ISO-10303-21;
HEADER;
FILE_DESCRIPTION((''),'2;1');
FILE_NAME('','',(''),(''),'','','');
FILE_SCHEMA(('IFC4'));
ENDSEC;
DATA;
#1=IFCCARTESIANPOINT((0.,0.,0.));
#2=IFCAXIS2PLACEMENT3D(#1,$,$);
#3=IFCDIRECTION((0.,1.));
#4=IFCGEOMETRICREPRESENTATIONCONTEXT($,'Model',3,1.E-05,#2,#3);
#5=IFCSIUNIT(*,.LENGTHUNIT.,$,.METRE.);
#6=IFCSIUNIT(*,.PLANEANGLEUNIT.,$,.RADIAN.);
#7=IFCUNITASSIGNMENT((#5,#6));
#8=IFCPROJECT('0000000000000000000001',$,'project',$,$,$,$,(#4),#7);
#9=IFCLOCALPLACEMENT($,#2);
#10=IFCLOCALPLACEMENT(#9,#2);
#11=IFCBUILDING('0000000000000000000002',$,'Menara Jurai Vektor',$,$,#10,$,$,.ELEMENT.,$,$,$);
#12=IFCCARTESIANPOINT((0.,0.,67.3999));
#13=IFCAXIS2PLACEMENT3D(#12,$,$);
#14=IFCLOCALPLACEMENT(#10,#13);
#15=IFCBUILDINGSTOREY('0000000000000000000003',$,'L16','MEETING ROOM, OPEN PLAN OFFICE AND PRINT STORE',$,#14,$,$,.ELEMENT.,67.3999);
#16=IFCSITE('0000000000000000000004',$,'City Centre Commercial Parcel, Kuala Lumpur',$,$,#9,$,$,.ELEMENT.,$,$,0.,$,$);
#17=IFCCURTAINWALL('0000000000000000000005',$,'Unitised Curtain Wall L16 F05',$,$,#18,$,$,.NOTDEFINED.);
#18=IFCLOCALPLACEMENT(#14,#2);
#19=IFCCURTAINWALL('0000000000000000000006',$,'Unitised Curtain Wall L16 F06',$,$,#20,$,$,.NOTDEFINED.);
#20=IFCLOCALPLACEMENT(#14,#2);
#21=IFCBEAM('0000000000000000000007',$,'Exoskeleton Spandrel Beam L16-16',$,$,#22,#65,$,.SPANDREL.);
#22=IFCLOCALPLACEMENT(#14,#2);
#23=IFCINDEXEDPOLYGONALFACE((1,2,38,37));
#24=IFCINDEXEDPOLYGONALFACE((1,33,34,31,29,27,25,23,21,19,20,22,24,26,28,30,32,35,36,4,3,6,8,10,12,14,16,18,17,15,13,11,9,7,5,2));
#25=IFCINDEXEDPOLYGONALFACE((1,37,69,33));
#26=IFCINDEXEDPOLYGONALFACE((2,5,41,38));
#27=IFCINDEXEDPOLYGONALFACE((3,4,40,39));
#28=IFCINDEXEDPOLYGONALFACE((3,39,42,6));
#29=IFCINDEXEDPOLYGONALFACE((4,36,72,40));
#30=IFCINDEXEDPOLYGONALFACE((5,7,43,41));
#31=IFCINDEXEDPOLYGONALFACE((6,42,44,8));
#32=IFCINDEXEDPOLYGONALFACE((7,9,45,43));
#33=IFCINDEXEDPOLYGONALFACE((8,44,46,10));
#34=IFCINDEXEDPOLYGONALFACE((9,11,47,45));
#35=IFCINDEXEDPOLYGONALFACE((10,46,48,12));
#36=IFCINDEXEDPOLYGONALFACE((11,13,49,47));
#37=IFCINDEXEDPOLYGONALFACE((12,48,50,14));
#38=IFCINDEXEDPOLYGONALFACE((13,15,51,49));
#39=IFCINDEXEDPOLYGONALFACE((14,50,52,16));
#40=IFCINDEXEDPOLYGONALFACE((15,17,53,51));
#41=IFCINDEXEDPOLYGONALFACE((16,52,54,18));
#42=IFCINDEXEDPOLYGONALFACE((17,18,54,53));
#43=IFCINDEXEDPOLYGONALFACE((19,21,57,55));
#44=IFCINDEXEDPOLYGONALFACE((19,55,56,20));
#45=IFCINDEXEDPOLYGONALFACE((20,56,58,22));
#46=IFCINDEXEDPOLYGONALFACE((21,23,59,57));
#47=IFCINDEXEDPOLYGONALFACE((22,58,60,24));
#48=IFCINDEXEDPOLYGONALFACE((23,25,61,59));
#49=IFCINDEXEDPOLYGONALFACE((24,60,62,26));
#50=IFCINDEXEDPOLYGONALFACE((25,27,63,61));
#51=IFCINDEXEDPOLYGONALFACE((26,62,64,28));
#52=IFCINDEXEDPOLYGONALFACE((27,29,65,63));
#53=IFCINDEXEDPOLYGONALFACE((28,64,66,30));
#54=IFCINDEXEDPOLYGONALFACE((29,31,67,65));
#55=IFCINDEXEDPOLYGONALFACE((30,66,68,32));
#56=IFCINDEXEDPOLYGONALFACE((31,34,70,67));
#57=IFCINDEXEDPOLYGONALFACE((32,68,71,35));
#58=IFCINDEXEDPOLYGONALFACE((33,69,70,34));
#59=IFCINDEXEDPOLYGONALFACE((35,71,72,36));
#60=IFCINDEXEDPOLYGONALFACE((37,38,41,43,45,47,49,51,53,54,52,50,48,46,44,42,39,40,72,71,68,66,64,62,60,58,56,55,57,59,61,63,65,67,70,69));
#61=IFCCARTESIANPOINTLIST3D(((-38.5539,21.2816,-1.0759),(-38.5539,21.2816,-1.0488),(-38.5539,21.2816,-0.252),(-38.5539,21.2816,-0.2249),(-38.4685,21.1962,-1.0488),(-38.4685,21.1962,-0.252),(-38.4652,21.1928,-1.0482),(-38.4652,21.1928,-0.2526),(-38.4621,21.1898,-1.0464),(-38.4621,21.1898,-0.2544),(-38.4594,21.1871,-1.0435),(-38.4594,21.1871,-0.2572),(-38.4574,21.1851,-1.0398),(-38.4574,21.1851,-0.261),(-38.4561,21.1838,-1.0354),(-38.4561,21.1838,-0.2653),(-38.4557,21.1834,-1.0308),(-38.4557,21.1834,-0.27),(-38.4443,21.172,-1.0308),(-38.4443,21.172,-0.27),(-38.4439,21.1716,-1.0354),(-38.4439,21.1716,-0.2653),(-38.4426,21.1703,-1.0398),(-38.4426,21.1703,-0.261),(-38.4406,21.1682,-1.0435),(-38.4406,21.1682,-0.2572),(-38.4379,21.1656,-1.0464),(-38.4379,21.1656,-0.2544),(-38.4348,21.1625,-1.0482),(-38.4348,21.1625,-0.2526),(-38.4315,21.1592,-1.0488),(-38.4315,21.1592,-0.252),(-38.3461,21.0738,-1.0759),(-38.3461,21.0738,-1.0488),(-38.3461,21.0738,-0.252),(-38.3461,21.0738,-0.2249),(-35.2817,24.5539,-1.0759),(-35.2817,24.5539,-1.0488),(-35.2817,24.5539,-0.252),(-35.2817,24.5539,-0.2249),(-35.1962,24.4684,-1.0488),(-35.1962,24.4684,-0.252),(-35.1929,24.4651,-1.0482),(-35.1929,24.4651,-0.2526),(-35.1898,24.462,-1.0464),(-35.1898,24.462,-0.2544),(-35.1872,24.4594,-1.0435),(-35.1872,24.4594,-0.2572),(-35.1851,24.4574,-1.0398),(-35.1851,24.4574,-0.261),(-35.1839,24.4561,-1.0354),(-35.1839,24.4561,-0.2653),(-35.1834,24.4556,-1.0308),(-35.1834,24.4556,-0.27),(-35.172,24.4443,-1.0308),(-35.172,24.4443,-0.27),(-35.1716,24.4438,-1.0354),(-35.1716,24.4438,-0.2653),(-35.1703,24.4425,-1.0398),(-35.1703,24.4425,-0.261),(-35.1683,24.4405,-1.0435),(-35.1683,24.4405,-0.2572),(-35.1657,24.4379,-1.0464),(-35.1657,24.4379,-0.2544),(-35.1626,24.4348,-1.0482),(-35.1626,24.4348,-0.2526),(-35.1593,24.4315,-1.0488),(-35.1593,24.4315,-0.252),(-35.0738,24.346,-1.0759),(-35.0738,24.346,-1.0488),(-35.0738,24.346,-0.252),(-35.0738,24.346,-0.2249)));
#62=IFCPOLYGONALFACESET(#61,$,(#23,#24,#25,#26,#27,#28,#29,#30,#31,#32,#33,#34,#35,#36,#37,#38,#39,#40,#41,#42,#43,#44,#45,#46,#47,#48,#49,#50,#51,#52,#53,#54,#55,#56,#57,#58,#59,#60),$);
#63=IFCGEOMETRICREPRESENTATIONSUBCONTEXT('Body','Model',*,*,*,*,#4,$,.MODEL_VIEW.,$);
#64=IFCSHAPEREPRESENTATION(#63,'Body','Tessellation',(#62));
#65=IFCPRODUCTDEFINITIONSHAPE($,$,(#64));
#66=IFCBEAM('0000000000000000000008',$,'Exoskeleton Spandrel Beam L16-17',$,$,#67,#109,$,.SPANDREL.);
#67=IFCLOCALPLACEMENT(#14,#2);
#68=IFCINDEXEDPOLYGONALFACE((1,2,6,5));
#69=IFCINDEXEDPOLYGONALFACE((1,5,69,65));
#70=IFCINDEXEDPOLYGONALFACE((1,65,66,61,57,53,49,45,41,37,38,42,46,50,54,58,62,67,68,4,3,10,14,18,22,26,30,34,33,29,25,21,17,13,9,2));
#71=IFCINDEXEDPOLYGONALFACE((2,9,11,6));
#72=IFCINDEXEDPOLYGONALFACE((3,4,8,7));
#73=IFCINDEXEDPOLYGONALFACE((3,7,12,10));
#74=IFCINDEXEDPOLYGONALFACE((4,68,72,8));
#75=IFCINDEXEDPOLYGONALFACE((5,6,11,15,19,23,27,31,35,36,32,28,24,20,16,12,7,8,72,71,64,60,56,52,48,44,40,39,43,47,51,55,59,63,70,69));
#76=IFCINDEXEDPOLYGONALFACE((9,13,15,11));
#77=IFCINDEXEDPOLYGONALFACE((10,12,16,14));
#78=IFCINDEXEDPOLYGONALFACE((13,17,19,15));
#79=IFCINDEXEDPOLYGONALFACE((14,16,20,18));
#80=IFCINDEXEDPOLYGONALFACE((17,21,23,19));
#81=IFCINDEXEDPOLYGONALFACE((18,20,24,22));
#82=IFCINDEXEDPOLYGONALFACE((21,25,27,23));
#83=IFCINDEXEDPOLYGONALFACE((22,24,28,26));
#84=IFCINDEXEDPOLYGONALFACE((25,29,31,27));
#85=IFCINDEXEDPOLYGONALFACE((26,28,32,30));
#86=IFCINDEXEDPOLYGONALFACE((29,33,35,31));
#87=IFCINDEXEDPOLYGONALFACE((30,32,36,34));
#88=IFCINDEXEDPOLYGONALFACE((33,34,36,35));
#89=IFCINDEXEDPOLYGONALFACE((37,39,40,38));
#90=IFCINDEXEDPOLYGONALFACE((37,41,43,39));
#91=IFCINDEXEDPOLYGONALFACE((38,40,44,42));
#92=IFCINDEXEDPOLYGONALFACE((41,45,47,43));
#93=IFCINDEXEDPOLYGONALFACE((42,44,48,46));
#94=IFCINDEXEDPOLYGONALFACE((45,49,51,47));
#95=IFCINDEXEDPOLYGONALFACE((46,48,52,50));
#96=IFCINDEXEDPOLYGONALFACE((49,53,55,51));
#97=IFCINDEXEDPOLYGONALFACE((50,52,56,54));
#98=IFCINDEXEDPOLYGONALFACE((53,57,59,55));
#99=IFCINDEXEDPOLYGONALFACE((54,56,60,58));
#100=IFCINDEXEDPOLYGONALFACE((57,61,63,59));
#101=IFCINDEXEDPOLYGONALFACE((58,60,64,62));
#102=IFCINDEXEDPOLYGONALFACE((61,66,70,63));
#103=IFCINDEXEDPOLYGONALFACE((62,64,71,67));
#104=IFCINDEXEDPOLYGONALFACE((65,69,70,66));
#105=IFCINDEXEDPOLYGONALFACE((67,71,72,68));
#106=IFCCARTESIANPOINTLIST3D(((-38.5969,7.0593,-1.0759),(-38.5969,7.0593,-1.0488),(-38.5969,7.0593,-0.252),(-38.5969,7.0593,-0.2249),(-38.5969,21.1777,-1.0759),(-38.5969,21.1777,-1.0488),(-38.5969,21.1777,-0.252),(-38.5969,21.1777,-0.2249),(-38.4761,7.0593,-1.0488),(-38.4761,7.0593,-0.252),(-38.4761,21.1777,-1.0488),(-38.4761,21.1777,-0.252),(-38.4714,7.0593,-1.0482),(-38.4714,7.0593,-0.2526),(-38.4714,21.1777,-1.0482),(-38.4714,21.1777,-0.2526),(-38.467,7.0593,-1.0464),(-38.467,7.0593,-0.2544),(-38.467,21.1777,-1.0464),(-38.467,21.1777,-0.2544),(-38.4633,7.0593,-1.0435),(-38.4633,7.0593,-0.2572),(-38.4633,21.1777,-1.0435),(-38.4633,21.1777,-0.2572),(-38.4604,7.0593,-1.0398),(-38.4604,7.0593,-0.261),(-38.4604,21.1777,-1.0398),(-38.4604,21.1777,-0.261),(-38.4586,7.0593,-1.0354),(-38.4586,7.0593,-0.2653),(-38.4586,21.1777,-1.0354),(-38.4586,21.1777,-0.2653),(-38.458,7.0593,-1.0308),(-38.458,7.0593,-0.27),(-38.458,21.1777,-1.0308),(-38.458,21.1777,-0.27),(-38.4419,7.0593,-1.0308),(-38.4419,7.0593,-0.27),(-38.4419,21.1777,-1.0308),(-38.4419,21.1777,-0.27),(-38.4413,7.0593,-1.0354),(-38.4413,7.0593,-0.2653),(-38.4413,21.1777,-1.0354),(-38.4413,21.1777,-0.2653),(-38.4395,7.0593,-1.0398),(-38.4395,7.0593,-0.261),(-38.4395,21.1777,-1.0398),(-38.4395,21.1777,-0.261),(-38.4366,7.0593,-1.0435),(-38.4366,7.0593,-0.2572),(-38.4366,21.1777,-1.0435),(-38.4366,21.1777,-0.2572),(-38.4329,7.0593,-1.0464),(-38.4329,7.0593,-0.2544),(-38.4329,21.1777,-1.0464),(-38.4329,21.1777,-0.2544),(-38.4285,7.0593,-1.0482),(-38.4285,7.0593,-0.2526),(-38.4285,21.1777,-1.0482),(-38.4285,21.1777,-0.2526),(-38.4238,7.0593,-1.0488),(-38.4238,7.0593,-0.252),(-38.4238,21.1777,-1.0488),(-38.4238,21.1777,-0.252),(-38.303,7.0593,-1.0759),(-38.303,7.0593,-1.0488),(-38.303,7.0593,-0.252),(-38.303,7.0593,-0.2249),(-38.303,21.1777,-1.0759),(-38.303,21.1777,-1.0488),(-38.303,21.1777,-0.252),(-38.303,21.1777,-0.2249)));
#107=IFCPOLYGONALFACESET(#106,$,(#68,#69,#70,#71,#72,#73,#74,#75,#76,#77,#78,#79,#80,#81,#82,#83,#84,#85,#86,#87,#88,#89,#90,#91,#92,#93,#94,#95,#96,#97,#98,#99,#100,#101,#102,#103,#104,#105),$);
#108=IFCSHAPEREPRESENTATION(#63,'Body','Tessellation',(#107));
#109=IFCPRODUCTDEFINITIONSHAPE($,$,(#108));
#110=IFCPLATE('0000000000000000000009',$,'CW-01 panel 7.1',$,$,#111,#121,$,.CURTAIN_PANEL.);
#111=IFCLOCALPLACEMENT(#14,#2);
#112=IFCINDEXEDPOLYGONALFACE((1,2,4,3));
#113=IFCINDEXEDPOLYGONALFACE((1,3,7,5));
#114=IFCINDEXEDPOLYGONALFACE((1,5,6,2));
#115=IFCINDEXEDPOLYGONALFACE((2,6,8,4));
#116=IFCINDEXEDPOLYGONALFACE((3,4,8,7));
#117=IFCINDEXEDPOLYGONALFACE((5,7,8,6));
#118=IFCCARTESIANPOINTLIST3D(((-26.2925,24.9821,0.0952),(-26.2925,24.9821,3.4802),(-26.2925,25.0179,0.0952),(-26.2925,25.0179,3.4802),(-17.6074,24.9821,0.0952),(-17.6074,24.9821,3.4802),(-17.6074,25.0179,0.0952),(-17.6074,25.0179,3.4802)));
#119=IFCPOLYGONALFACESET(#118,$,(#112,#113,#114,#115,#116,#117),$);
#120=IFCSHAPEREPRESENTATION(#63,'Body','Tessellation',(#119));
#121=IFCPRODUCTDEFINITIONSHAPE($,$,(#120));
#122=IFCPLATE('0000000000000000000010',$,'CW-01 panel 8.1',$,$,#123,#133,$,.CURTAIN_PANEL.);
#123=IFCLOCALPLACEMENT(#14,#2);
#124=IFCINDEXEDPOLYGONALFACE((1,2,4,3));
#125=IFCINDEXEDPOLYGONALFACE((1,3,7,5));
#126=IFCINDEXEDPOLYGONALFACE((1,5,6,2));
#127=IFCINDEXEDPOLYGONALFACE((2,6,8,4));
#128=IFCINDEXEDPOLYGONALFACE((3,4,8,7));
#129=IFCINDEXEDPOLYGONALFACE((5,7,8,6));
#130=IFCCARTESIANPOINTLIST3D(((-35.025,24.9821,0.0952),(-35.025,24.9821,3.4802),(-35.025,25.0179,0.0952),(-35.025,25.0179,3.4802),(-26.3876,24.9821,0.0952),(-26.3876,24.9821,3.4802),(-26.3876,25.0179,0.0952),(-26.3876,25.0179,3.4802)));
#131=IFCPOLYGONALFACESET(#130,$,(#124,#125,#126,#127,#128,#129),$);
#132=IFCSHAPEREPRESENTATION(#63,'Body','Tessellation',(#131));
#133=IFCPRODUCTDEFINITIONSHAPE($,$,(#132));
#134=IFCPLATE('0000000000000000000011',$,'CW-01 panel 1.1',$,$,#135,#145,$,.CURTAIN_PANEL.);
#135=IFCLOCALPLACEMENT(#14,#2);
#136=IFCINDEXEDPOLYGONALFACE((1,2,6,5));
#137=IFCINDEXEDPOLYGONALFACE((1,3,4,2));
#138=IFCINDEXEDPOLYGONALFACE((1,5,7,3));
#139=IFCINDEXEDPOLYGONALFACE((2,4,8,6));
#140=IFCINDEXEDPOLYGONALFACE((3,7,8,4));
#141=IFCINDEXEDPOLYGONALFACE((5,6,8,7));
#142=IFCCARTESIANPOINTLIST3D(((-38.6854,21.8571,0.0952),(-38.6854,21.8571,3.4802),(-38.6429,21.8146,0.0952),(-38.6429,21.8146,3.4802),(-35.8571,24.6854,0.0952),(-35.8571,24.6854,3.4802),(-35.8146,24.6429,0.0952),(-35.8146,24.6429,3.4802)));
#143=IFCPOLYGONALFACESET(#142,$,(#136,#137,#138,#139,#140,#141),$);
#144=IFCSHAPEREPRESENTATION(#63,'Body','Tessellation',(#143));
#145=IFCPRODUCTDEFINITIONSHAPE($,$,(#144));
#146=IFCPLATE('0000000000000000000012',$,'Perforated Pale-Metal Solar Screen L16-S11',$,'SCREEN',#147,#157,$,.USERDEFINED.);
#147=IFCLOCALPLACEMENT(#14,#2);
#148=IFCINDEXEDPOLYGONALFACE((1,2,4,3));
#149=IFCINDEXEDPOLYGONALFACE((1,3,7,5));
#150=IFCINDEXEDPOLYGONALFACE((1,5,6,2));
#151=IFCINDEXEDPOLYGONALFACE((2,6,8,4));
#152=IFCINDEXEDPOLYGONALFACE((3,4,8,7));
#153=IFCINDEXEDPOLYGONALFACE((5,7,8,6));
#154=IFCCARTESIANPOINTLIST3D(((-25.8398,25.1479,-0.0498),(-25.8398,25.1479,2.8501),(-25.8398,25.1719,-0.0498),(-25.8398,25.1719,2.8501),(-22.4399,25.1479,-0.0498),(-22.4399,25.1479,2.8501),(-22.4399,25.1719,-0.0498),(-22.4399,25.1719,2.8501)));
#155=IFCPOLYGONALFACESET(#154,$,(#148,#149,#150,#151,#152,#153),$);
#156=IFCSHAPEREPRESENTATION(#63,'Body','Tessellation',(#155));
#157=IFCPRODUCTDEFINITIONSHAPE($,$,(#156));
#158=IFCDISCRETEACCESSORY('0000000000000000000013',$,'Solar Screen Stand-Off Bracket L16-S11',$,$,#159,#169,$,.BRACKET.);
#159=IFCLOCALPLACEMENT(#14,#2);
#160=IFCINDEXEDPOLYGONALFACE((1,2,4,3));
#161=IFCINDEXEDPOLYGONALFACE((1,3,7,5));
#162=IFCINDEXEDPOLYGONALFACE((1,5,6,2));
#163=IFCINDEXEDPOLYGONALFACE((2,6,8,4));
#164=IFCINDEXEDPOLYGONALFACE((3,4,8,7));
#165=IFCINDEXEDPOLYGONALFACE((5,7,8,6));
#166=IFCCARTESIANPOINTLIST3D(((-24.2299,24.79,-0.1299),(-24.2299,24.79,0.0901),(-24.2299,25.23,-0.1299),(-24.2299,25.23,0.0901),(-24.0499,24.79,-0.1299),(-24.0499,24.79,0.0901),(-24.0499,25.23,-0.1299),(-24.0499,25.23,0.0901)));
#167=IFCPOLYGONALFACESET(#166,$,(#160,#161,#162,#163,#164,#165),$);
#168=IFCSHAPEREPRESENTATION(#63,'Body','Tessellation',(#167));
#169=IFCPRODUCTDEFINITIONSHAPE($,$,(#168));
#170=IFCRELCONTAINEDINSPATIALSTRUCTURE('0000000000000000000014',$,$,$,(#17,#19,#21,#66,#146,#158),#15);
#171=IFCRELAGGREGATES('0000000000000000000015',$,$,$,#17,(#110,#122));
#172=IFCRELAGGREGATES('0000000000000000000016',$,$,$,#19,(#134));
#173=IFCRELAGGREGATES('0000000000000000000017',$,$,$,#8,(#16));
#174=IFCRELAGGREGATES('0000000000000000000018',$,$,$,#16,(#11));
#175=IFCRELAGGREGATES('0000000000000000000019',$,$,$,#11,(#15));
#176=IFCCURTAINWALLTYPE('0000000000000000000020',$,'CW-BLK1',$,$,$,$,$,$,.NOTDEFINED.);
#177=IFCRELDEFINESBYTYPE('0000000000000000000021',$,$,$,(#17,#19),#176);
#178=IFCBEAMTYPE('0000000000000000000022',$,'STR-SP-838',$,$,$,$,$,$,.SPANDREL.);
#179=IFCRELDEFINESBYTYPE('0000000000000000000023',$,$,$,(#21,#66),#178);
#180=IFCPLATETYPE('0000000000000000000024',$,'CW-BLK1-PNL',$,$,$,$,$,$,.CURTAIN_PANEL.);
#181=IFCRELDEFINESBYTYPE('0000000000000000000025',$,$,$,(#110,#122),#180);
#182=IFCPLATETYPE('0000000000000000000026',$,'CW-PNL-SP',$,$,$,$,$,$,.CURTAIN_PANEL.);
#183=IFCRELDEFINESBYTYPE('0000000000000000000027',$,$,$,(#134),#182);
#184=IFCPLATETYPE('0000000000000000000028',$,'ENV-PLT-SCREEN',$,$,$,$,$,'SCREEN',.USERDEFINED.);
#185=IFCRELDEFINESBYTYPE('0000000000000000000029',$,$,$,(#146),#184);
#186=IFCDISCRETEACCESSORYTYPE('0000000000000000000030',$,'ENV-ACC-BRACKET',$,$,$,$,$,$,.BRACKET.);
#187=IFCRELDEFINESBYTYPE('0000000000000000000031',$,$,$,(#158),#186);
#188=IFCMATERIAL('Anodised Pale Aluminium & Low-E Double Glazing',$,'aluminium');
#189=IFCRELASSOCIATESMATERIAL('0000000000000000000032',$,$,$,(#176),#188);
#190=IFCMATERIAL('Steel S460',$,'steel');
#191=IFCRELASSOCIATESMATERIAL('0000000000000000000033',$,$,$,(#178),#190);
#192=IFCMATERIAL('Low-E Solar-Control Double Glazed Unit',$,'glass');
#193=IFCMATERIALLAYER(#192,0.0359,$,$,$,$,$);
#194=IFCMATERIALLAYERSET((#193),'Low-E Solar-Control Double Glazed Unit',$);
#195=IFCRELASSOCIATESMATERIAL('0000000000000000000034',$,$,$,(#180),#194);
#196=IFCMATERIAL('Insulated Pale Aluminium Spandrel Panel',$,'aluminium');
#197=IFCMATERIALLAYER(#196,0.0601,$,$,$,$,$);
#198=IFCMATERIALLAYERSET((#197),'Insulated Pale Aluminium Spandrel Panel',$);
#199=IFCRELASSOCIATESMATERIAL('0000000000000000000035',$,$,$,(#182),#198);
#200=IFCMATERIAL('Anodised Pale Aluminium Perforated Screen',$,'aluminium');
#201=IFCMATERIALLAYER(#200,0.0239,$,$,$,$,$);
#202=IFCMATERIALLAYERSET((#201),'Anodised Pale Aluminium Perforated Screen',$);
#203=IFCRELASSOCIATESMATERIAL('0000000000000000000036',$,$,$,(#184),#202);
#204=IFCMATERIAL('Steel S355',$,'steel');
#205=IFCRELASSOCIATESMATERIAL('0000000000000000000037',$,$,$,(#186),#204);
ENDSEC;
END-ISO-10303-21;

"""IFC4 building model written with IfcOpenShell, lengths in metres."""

from ifc_helpers import new_model, si_unit, direction, frame, origin, origin_2d, place, context, subcontext, project, spatial, rectangle, i_section, extrude, material, layer, layer_set, material_profile, profile_set, type_object, element, aggregate, save


model = new_model("IFC4")

# Units and contexts
model_context = context("Model", 3, precision=1e-05, world=origin(), true_north=direction((0.0, 1.0)))
body_context = subcontext(model_context, "Body", "Model", "MODEL_VIEW")
ifc_project = project(units=[si_unit("LENGTHUNIT", "METRE"), si_unit("PLANEANGLEUNIT", "RADIAN")], contexts=[model_context])

# Site, building, storey
site_placement = place(None, origin())
site = spatial("IfcSite", under=ifc_project, at=site_placement, Name="City Centre Commercial Parcel, Kuala Lumpur", CompositionType="ELEMENT", RefElevation=0.0)
building_placement = place(site_placement, origin())
building = spatial("IfcBuilding", under=site, at=building_placement, Name="Menara Jurai Vektor", CompositionType="ELEMENT")
storey_placement = place(building_placement, frame((0.0, 0.0, 67.3999)))
storey = spatial("IfcBuildingStorey", under=building, at=storey_placement, Name="L16", Description="MEETING ROOM, OPEN PLAN OFFICE AND PRINT STORE", CompositionType="ELEMENT", Elevation=67.3999)

# Shared definitions
ifc_material_1 = material(Name="Steel S460", Category="steel")

# Curtain walls
ifc_material_2 = material(Name="Anodised Pale Aluminium & Low-E Double Glazing", Category="aluminium")
curtain_wall_type = type_object("IfcCurtainWallType", Name="CW-BLK1", PredefinedType="NOTDEFINED", material=ifc_material_2)
curtain_wall_1_placement = place(storey_placement, origin())
curtain_wall_1 = element("IfcCurtainWall", 1, at=curtain_wall_1_placement, inside=storey, type_object=curtain_wall_type, Name="Unitised Curtain Wall L16 F05", PredefinedType="NOTDEFINED")
curtain_wall_2_placement = place(storey_placement, origin())
curtain_wall_2 = element("IfcCurtainWall", 2, at=curtain_wall_2_placement, inside=storey, type_object=curtain_wall_type, Name="Unitised Curtain Wall L16 F06", PredefinedType="NOTDEFINED")

# Shared definitions
ifc_material_3 = material(Name="Steel S355", Category="steel")

# Beams
ifc_material_profile_1 = material_profile(ifc_material_1, i_section(OverallWidth=0.2939, OverallDepth=0.8511, WebThickness=0.0161, FlangeThickness=0.0271, FilletRadius=0.0181, at=origin_2d()), Name="UKB 838x292x226")
ifc_profile_set_1 = profile_set([ifc_material_profile_1], Name="Steel S460")
beam_type_1 = type_object("IfcBeamType", Name="STR-SP-838", PredefinedType="SPANDREL", material=ifc_profile_set_1)
beam_1_placement = place(storey_placement, frame((-35.1777, 24.45, -0.6504), z_axis=(-0.707107, -0.707107, 0.0), x_axis=(0.707107, -0.707107, 0.0)))
element("IfcBeam", 3, at=beam_1_placement, inside=storey, type_object=beam_type_1, Name="Exoskeleton Spandrel Beam L16-16", PredefinedType="SPANDREL", context=body_context, shape_type="SweptSolid", body=[
    extrude(i_section(OverallWidth=0.2939, OverallDepth=0.8511, WebThickness=0.0161, FlangeThickness=0.0271, FilletRadius=0.0181, at=origin_2d()), origin(), (0.0, 0.0, 1.0), 4.6277),
])
beam_2_placement = place(storey_placement, frame((-38.45, 21.1777, -0.6504), z_axis=(0.0, -1.0, 0.0), x_axis=(1.0, 0.0, 0.0)))
element("IfcBeam", 4, at=beam_2_placement, inside=storey, type_object=beam_type_1, Name="Exoskeleton Spandrel Beam L16-17", PredefinedType="SPANDREL", context=body_context, shape_type="SweptSolid", body=[
    extrude(i_section(OverallWidth=0.2939, OverallDepth=0.8511, WebThickness=0.0161, FlangeThickness=0.0271, FilletRadius=0.0181, at=origin_2d()), origin(), (0.0, 0.0, 1.0), 14.1184),
])

# Plates
ifc_material_4 = material(Name="Low-E Solar-Control Double Glazed Unit", Category="glass")
ifc_layer_1 = layer(ifc_material_4, 0.0359)
ifc_layer_set_1 = layer_set([ifc_layer_1], Name="Low-E Solar-Control Double Glazed Unit")
plate_type_1 = type_object("IfcPlateType", Name="CW-BLK1-PNL", PredefinedType="CURTAIN_PANEL", material=ifc_layer_set_1)
plate_1_placement = place(storey_placement, frame((-21.95, 25.0, 0.0952), z_axis=(0.0, 0.0, 1.0), x_axis=(-1.0, 0.0, 0.0)))
plate_1 = element("IfcPlate", 5, at=plate_1_placement, type_object=plate_type_1, Name="CW-01 panel 7.1", PredefinedType="CURTAIN_PANEL", context=body_context, shape_type="SweptSolid", body=[
    extrude(rectangle(XDim=8.6851, YDim=0.0359, at=origin_2d()), origin(), (0.0, 0.0, 1.0), 3.385),
])
plate_2_placement = place(storey_placement, frame((-30.7063, 25.0, 0.0952), z_axis=(0.0, 0.0, 1.0), x_axis=(-1.0, 0.0, 0.0)))
plate_2 = element("IfcPlate", 6, at=plate_2_placement, type_object=plate_type_1, Name="CW-01 panel 8.1", PredefinedType="CURTAIN_PANEL", context=body_context, shape_type="SweptSolid", body=[
    extrude(rectangle(XDim=8.6375, YDim=0.0359, at=origin_2d()), origin(), (0.0, 0.0, 1.0), 3.385),
])
aggregate(curtain_wall_1, [plate_1, plate_2])
ifc_material_5 = material(Name="Insulated Pale Aluminium Spandrel Panel", Category="aluminium")
ifc_layer_2 = layer(ifc_material_5, 0.0601)
ifc_layer_set_2 = layer_set([ifc_layer_2], Name="Insulated Pale Aluminium Spandrel Panel")
plate_type_2 = type_object("IfcPlateType", Name="CW-PNL-SP", PredefinedType="CURTAIN_PANEL", material=ifc_layer_set_2)
plate_3_placement = place(storey_placement, frame((-37.25, 23.25, 0.0952), z_axis=(0.0, 0.0, 1.0), x_axis=(-0.707107, -0.707107, 0.0)))
plate_3 = element("IfcPlate", 7, at=plate_3_placement, type_object=plate_type_2, Name="CW-01 panel 1.1", PredefinedType="CURTAIN_PANEL", context=body_context, shape_type="SweptSolid", body=[
    extrude(rectangle(XDim=3.9998, YDim=0.0601, at=origin_2d()), origin(), (0.0, 0.0, 1.0), 3.385),
])
aggregate(curtain_wall_2, [plate_3])
ifc_material_6 = material(Name="Anodised Pale Aluminium Perforated Screen", Category="aluminium")
ifc_layer_3 = layer(ifc_material_6, 0.0239)
ifc_layer_set_3 = layer_set([ifc_layer_3], Name="Anodised Pale Aluminium Perforated Screen")
plate_type_3 = type_object("IfcPlateType", Name="ENV-PLT-SCREEN", ElementType="SCREEN", PredefinedType="USERDEFINED", material=ifc_layer_set_3)
plate_4_placement = place(storey_placement, frame((-24.1399, 25.1599, -0.0498), z_axis=(0.0, 0.0, 1.0), x_axis=(-1.0, 0.0, 0.0)))
element("IfcPlate", 8, at=plate_4_placement, inside=storey, type_object=plate_type_3, Name="Perforated Pale-Metal Solar Screen L16-S11", ObjectType="SCREEN", PredefinedType="USERDEFINED", context=body_context, shape_type="SweptSolid", body=[
    extrude(rectangle(XDim=3.3999, YDim=0.0239, at=origin_2d()), origin(), (0.0, 0.0, 1.0), 2.8999),
])

# Discrete accessory
discrete_accessory_type = type_object("IfcDiscreteAccessoryType", Name="ENV-ACC-BRACKET", PredefinedType="BRACKET", material=ifc_material_3)
discrete_accessory_placement = place(storey_placement, frame((-24.1399, 25.01, -0.1299), z_axis=(0.0, 0.0, 1.0), x_axis=(-1.0, 0.0, 0.0)))
element("IfcDiscreteAccessory", 9, at=discrete_accessory_placement, inside=storey, type_object=discrete_accessory_type, Name="Solar Screen Stand-Off Bracket L16-S11", PredefinedType="BRACKET", context=body_context, shape_type="SweptSolid", body=[
    extrude(rectangle(XDim=0.1799, YDim=0.4399, at=origin_2d()), origin(), (0.0, 0.0, 1.0), 0.22),
])

save(model, "model.ifc")
